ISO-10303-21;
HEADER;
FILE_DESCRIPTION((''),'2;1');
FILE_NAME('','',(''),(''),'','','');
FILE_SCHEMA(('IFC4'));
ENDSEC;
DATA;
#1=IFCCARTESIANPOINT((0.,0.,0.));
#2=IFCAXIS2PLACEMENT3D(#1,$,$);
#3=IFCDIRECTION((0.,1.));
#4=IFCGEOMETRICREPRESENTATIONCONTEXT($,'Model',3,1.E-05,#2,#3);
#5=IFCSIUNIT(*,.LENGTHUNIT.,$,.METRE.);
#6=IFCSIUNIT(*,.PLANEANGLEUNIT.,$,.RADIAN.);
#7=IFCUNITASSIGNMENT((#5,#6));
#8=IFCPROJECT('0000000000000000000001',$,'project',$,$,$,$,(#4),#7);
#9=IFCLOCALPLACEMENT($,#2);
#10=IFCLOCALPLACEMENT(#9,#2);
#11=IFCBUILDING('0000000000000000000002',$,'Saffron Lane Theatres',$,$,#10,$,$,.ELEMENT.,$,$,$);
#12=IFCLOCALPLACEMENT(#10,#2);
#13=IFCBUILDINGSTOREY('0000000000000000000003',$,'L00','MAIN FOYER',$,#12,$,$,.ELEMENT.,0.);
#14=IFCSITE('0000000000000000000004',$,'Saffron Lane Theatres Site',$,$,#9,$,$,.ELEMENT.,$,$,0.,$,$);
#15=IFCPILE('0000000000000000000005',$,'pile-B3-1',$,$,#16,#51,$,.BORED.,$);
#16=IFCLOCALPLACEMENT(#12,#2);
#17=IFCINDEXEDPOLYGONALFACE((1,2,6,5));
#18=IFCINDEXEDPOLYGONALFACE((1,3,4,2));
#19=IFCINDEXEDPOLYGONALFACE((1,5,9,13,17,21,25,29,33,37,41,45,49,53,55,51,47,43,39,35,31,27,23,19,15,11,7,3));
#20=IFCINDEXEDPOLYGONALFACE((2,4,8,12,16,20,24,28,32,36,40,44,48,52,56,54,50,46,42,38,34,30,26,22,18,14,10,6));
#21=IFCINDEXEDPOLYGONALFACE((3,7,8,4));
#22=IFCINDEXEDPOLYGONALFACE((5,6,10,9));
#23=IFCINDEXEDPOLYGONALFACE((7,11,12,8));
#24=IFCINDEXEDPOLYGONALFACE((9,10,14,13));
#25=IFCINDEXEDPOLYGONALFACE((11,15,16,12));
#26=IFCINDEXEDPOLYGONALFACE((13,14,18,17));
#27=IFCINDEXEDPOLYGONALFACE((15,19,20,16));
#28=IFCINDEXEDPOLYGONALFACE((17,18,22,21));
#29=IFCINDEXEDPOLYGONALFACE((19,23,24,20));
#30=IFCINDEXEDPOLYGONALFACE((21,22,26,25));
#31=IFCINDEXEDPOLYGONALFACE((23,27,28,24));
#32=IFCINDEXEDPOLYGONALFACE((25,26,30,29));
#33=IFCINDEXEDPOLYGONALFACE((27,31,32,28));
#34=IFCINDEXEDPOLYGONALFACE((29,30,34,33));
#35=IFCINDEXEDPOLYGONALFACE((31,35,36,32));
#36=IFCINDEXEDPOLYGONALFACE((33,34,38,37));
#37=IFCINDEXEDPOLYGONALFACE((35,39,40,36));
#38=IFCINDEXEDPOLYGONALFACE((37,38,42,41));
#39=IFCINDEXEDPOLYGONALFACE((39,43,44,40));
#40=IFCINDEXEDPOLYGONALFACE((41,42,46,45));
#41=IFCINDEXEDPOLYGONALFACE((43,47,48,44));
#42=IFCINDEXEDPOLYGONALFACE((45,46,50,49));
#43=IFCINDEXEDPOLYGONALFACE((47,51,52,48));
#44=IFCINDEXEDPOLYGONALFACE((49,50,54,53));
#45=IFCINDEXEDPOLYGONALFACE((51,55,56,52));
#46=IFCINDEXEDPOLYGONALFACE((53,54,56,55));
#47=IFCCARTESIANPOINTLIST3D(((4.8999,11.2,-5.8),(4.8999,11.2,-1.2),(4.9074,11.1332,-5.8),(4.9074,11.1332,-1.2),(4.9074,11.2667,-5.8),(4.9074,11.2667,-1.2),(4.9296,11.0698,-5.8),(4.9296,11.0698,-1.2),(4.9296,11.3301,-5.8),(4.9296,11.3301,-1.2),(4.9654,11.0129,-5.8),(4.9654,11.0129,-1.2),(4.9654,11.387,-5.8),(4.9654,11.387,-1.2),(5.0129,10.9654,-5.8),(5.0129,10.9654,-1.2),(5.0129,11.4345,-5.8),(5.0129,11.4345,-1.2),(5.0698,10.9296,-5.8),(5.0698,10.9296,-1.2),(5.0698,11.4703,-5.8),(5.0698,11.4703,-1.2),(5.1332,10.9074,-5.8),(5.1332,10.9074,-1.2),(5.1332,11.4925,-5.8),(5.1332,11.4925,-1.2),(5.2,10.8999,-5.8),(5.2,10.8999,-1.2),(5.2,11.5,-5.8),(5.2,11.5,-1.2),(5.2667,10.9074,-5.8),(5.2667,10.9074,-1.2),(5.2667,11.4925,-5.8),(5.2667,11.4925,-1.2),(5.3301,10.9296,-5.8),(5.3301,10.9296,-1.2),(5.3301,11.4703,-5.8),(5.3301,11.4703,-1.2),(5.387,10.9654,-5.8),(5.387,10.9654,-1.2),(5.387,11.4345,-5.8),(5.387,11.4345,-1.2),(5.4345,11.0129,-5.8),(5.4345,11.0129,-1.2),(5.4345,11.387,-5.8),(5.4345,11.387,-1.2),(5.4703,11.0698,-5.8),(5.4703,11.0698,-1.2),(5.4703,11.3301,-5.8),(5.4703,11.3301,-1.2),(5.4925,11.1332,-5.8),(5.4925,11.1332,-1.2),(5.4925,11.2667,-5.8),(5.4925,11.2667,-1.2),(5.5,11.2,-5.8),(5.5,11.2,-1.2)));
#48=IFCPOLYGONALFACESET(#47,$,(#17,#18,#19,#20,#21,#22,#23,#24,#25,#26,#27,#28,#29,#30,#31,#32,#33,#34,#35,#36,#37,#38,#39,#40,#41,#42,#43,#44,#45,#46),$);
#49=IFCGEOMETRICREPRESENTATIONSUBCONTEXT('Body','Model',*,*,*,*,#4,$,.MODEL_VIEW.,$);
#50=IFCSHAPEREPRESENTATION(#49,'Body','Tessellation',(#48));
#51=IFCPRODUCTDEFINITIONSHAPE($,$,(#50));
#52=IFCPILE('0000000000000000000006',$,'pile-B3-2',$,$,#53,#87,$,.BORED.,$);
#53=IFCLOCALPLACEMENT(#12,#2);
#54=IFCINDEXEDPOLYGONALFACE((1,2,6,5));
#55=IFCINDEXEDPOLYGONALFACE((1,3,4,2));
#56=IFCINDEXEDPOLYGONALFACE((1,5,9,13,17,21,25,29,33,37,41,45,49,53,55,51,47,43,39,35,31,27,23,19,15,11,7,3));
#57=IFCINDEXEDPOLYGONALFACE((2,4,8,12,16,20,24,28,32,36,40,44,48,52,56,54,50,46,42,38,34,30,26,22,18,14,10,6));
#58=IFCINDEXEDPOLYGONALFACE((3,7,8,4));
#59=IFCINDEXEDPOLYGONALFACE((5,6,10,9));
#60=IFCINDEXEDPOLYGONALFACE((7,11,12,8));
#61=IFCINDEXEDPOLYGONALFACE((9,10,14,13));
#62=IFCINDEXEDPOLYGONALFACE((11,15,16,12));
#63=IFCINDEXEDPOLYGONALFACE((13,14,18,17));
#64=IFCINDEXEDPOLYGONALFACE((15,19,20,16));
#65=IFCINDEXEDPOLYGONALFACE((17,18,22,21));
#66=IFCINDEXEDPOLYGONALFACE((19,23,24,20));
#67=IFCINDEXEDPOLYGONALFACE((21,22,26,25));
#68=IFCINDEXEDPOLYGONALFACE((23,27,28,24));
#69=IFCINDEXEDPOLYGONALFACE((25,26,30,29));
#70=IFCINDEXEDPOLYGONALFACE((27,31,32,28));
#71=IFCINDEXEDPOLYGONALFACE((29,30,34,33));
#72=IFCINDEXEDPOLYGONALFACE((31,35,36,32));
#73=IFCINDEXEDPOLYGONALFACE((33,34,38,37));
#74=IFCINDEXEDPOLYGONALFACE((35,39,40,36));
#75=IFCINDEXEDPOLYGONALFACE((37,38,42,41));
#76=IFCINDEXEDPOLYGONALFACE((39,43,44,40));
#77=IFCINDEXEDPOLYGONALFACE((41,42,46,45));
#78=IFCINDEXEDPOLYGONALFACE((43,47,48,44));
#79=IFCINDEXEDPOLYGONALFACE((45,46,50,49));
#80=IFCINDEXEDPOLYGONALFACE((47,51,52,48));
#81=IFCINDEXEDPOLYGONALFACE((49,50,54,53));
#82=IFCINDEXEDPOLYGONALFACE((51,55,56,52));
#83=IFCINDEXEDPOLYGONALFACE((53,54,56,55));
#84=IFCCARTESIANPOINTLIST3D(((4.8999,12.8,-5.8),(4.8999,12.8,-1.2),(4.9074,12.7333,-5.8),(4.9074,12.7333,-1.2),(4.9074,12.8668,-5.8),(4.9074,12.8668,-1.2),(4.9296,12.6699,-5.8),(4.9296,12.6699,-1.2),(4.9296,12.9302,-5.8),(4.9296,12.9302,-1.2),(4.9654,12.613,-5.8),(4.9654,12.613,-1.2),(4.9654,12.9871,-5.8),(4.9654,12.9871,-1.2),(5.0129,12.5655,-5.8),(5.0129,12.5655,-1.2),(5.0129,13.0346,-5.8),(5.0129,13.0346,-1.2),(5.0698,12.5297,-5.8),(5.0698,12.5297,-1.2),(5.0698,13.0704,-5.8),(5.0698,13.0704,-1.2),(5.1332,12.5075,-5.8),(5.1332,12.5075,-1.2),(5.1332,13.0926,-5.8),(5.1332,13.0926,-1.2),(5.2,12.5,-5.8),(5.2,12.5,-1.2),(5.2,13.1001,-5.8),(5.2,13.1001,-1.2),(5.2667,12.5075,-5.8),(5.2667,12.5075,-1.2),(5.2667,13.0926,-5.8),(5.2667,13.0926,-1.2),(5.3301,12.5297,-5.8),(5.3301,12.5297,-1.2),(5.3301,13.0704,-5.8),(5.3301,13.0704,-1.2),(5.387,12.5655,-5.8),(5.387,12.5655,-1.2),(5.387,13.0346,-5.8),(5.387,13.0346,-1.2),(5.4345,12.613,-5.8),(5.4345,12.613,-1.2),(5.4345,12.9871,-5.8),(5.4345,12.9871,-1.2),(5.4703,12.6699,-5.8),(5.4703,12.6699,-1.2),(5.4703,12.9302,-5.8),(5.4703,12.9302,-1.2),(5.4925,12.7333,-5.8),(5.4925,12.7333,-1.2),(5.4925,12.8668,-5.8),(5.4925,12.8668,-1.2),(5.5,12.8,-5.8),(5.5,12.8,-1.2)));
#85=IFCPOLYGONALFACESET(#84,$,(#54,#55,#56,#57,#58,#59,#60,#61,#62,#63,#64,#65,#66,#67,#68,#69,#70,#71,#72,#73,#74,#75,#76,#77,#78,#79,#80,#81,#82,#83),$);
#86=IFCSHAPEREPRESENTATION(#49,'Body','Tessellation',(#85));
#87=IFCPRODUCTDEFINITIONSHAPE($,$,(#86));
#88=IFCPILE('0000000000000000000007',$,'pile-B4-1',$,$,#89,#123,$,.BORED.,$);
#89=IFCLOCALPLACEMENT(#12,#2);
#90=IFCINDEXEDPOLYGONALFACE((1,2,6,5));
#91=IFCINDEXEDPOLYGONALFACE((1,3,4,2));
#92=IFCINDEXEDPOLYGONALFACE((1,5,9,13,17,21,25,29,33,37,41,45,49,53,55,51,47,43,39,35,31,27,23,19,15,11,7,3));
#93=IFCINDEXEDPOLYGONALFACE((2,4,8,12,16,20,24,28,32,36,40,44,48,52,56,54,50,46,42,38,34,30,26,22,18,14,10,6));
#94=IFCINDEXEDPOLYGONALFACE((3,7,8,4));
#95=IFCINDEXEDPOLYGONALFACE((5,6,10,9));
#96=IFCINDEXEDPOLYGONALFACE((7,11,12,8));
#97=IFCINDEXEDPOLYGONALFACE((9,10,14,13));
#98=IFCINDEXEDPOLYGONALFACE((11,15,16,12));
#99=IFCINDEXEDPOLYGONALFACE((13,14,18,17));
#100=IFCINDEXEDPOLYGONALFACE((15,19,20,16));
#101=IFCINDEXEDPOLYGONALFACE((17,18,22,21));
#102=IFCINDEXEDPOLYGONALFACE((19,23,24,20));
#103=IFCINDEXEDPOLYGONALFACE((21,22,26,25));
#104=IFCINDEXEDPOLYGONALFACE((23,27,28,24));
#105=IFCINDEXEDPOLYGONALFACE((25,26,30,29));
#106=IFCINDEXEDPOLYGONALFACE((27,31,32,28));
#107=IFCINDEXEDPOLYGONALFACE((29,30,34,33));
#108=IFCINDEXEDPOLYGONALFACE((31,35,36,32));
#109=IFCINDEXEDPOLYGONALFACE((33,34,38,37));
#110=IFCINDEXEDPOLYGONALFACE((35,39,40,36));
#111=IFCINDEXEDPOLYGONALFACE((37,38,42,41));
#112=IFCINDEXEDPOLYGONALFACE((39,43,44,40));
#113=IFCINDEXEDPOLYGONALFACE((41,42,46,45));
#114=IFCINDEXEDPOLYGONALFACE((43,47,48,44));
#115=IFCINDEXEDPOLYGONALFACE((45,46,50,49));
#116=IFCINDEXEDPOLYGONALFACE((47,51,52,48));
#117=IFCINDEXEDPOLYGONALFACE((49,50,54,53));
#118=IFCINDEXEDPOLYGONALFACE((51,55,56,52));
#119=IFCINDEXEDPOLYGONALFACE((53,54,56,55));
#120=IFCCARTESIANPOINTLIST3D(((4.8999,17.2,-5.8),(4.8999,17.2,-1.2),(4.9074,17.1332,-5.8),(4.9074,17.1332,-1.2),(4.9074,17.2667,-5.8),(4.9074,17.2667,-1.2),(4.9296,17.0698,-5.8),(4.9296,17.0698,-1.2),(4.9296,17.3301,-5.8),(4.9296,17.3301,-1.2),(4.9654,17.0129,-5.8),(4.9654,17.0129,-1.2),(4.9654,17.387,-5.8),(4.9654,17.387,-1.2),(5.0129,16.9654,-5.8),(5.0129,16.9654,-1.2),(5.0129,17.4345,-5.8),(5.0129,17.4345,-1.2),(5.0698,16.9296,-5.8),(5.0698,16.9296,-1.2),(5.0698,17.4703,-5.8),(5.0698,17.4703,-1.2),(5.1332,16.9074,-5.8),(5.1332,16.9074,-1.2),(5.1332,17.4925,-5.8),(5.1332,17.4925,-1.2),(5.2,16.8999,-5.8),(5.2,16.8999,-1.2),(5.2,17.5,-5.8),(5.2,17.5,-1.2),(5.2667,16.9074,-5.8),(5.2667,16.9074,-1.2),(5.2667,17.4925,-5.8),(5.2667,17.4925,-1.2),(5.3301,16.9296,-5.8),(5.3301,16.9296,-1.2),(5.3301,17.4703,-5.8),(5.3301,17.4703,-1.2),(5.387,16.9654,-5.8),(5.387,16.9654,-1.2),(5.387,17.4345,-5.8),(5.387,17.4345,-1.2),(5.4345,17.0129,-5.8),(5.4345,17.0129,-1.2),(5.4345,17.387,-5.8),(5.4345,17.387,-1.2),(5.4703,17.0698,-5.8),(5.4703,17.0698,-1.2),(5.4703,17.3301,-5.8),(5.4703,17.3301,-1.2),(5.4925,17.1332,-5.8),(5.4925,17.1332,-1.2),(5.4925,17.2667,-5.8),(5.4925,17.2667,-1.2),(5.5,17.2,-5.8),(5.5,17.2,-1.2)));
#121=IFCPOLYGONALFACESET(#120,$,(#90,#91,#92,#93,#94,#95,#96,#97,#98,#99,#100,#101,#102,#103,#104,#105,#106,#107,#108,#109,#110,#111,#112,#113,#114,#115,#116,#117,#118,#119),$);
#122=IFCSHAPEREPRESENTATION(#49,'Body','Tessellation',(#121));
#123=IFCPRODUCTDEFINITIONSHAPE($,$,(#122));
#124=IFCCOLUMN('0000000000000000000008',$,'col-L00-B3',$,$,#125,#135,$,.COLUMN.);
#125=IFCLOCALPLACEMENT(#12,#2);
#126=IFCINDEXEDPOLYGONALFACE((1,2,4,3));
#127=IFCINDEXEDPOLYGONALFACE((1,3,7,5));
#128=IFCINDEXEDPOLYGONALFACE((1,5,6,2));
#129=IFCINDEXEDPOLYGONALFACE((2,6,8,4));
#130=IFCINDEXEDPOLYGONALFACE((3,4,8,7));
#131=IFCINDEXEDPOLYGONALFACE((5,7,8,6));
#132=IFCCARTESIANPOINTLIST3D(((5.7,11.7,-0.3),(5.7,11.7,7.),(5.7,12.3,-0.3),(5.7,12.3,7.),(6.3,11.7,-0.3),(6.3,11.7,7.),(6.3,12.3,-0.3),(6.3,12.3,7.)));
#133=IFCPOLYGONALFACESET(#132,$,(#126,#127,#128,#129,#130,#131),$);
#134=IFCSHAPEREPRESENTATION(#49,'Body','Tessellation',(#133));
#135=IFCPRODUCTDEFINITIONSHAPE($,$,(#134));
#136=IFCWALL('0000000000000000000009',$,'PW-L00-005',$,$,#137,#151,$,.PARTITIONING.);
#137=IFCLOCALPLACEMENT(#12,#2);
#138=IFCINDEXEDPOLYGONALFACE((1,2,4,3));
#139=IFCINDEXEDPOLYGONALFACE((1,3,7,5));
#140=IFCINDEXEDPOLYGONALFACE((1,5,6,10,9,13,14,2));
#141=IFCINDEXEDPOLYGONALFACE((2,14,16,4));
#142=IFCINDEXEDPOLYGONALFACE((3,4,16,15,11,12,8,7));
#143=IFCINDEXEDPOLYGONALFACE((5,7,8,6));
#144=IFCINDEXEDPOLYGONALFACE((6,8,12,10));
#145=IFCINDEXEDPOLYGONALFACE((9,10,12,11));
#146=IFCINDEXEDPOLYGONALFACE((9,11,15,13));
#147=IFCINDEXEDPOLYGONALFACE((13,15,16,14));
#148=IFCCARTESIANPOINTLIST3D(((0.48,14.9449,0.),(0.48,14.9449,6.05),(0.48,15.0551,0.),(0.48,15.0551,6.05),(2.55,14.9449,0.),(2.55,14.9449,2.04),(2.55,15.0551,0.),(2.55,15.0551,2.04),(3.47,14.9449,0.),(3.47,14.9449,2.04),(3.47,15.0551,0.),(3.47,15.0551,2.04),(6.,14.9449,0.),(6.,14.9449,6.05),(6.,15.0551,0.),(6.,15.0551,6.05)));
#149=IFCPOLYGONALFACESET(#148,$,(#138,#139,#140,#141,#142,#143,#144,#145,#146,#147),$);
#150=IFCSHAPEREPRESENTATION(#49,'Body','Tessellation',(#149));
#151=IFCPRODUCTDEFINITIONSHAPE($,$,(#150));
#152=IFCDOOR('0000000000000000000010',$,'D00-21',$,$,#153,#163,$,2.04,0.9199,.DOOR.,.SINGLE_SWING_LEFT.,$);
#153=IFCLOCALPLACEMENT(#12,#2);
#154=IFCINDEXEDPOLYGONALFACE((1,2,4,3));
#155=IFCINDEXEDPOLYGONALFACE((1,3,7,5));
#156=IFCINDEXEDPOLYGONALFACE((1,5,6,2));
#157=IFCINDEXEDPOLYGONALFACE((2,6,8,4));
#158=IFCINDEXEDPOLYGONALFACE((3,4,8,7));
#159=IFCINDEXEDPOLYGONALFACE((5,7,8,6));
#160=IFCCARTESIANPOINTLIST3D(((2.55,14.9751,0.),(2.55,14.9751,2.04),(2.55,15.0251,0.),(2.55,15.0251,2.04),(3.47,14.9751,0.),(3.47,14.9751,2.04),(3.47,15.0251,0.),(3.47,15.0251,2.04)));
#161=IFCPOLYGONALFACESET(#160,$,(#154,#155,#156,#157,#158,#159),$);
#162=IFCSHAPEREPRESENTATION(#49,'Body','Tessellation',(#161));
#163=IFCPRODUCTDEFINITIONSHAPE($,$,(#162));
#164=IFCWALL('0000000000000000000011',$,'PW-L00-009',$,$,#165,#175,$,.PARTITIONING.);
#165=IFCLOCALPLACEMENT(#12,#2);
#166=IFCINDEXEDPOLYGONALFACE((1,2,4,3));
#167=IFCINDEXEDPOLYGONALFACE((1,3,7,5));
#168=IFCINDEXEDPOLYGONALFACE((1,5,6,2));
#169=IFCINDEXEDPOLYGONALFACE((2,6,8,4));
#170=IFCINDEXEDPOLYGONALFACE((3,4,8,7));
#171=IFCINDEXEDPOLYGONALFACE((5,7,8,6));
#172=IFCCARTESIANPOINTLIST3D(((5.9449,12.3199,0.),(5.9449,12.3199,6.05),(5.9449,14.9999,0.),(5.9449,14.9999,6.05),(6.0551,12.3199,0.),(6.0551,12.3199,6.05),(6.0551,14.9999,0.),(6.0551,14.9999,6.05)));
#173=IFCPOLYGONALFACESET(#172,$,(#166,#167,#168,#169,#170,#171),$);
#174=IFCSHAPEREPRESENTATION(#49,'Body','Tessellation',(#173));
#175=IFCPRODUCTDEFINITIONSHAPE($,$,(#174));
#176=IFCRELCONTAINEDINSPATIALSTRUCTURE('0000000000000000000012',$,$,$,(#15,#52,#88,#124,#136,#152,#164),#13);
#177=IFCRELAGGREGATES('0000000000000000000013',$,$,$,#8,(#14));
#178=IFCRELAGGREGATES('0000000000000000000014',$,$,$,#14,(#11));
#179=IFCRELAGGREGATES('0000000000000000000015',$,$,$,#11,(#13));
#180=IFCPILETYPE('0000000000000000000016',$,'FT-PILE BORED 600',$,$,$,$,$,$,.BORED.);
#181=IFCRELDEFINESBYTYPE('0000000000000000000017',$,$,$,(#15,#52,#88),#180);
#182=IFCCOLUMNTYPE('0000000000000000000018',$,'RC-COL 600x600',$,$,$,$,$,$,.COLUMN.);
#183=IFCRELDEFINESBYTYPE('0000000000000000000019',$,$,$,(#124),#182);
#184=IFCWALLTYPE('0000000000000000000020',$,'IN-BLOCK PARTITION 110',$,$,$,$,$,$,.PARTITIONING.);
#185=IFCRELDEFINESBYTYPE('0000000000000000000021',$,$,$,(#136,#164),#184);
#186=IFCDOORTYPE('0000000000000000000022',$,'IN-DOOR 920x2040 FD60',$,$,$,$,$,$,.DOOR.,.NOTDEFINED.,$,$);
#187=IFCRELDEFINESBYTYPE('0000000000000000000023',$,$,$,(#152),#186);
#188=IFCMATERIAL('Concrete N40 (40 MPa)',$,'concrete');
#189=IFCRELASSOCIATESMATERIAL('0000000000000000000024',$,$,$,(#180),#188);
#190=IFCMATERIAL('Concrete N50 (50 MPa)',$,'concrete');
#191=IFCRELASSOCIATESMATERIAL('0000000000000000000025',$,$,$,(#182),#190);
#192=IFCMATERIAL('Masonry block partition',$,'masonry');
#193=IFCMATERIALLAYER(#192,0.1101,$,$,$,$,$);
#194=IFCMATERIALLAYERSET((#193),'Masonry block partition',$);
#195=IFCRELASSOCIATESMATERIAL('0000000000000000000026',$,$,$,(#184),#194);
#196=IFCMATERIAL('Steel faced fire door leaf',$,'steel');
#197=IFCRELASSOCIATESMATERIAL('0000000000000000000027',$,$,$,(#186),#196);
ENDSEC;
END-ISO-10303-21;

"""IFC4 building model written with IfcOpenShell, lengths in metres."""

from ifc_helpers import new_model, si_unit, direction, frame, frame_2d, origin, origin_2d, place, context, subcontext, project, spatial, rectangle, circle, extrude, material, layer, layer_set, material_profile, profile_set, type_object, element, fill, save


model = new_model("IFC4")

# Units and contexts
model_context = context("Model", 3, precision=1e-05, world=origin(), true_north=direction((0.0, 1.0)))
body_context = subcontext(model_context, "Body", "Model", "MODEL_VIEW")
ifc_project = project(units=[si_unit("LENGTHUNIT", "METRE"), si_unit("PLANEANGLEUNIT", "RADIAN")], contexts=[model_context])

# Site, building, storey
site_placement = place(None, origin())
site = spatial("IfcSite", under=ifc_project, at=site_placement, Name="Saffron Lane Theatres Site", CompositionType="ELEMENT", RefElevation=0.0)
building_placement = place(site_placement, origin())
building = spatial("IfcBuilding", under=site, at=building_placement, Name="Saffron Lane Theatres", CompositionType="ELEMENT")
storey_placement = place(building_placement, origin())
storey = spatial("IfcBuildingStorey", under=building, at=storey_placement, Name="L00", Description="MAIN FOYER", CompositionType="ELEMENT", Elevation=0.0)

# Piles
ifc_material_1 = material(Name="Concrete N40 (40 MPa)", Category="concrete")
ifc_material_profile_1 = material_profile(ifc_material_1, circle(Radius=0.3, at=origin_2d()))
ifc_profile_set_1 = profile_set([ifc_material_profile_1], Name="Concrete N40 (40 MPa)")
pile_type = type_object("IfcPileType", Name="FT-PILE BORED 600", PredefinedType="BORED", material=ifc_profile_set_1)
for number, where, z_axis, x_axis, name in (
    (1, (5.2, 11.2, -1.2), (0.0, 0.0, -1.0), (1.0, 0.0, 0.0), "pile-B3-1"),
    (2, (5.2, 12.8, -1.2), (0.0, 0.0, -1.0), (1.0, 0.0, 0.0), "pile-B3-2"),
    (3, (5.2, 17.2, -1.2), (0.0, 0.0, -1.0), (1.0, 0.0, 0.0), "pile-B4-1"),
):
    element("IfcPile", number, at=place(storey_placement, frame(where, z_axis=z_axis, x_axis=x_axis)), inside=storey, type_object=pile_type, Name=name, PredefinedType="BORED", context=body_context, shape_type="SweptSolid", body=[
        extrude(circle(Radius=0.3, at=origin_2d()), origin(), (0.0, 0.0, 1.0), 4.6001),
    ])

# Column
ifc_material_2 = material(Name="Concrete N50 (50 MPa)", Category="concrete")
ifc_material_profile_2 = material_profile(ifc_material_2, rectangle(XDim=0.6001, YDim=0.6001, at=origin_2d()))
ifc_profile_set_2 = profile_set([ifc_material_profile_2], Name="Concrete N50 (50 MPa)")
column_type = type_object("IfcColumnType", Name="RC-COL 600x600", PredefinedType="COLUMN", material=ifc_profile_set_2)
column_placement = place(storey_placement, frame((6.0, 12.0, -0.3), z_axis=(0.0, 0.0, 1.0), x_axis=(1.0, 0.0, 0.0)))
element("IfcColumn", 4, at=column_placement, inside=storey, type_object=column_type, Name="col-L00-B3", PredefinedType="COLUMN", context=body_context, shape_type="SweptSolid", body=[
    extrude(rectangle(XDim=0.6001, YDim=0.6001, at=origin_2d()), origin(), (0.0, 0.0, 1.0), 7.3),
])

# Wall, opening, door
ifc_material_3 = material(Name="Masonry block partition", Category="masonry")
ifc_layer_1 = layer(ifc_material_3, 0.1101)
ifc_layer_set_1 = layer_set([ifc_layer_1], Name="Masonry block partition")
wall_type_1 = type_object("IfcWallType", Name="IN-BLOCK PARTITION 110", PredefinedType="PARTITIONING", material=ifc_layer_set_1)
wall_1_placement = place(storey_placement, frame((0.48, 15.0, 0.0), z_axis=(0.0, 0.0, 1.0), x_axis=(1.0, 0.0, 0.0)))
wall_1 = element("IfcWall", 5, at=wall_1_placement, inside=storey, type_object=wall_type_1, Name="PW-L00-005", PredefinedType="PARTITIONING", context=body_context, shape_type="SweptSolid", body=[
    extrude(rectangle(XDim=5.52, YDim=0.1101, at=frame_2d((2.76, 0.0))), origin(), (0.0, 0.0, 1.0), 6.05),
])
opening_1_placement = place(wall_1_placement, frame((2.0701, 0.0, 0.0)))
opening_1 = element("IfcOpeningElement", 6, at=opening_1_placement, cuts=wall_1, PredefinedType="OPENING", context=body_context, shape_type="SweptSolid", body=[
    extrude(rectangle(XDim=0.9199, YDim=2.04, at=frame_2d((0.46, 1.02))), frame((0.0, 0.0649, 0.0), z_axis=(0.0, -1.0, 0.0), x_axis=(1.0, 0.0, 0.0)), (0.0, 0.0, 1.0), 0.1301),
])
ifc_material_4 = material(Name="Steel faced fire door leaf", Category="steel")
door_type_1 = type_object("IfcDoorType", Name="IN-DOOR 920x2040 FD60", OperationType="NOTDEFINED", PredefinedType="DOOR", material=ifc_material_4)
door_1_placement = place(opening_1_placement, frame((0.9199, 0.0, 0.0), z_axis=(0.0, 0.0, 1.0), x_axis=(-1.0, 0.0, 0.0)))
door_1 = element("IfcDoor", 7, at=door_1_placement, inside=storey, type_object=door_type_1, Name="D00-21", OperationType="SINGLE_SWING_LEFT", OverallHeight=2.04, OverallWidth=0.9199, PredefinedType="DOOR", context=body_context, shape_type="SweptSolid", body=[
    extrude(rectangle(XDim=0.9199, YDim=2.04, at=frame_2d((0.46, 1.02))), frame((0.0, 0.0249, 0.0), z_axis=(0.0, -1.0, 0.0), x_axis=(1.0, 0.0, 0.0)), (0.0, 0.0, 1.0), 0.05),
])
fill(opening_1, door_1)

# Wall
wall_2_placement = place(storey_placement, frame((6.0, 12.3201, 0.0), z_axis=(0.0, 0.0, 1.0), x_axis=(0.0, 1.0, 0.0)))
element("IfcWall", 8, at=wall_2_placement, inside=storey, type_object=wall_type_1, Name="PW-L00-009", PredefinedType="PARTITIONING", context=body_context, shape_type="SweptSolid", body=[
    extrude(rectangle(XDim=2.6799, YDim=0.1101, at=frame_2d((1.3398, 0.0))), origin(), (0.0, 0.0, 1.0), 6.05),
])

save(model, "model.ifc")
